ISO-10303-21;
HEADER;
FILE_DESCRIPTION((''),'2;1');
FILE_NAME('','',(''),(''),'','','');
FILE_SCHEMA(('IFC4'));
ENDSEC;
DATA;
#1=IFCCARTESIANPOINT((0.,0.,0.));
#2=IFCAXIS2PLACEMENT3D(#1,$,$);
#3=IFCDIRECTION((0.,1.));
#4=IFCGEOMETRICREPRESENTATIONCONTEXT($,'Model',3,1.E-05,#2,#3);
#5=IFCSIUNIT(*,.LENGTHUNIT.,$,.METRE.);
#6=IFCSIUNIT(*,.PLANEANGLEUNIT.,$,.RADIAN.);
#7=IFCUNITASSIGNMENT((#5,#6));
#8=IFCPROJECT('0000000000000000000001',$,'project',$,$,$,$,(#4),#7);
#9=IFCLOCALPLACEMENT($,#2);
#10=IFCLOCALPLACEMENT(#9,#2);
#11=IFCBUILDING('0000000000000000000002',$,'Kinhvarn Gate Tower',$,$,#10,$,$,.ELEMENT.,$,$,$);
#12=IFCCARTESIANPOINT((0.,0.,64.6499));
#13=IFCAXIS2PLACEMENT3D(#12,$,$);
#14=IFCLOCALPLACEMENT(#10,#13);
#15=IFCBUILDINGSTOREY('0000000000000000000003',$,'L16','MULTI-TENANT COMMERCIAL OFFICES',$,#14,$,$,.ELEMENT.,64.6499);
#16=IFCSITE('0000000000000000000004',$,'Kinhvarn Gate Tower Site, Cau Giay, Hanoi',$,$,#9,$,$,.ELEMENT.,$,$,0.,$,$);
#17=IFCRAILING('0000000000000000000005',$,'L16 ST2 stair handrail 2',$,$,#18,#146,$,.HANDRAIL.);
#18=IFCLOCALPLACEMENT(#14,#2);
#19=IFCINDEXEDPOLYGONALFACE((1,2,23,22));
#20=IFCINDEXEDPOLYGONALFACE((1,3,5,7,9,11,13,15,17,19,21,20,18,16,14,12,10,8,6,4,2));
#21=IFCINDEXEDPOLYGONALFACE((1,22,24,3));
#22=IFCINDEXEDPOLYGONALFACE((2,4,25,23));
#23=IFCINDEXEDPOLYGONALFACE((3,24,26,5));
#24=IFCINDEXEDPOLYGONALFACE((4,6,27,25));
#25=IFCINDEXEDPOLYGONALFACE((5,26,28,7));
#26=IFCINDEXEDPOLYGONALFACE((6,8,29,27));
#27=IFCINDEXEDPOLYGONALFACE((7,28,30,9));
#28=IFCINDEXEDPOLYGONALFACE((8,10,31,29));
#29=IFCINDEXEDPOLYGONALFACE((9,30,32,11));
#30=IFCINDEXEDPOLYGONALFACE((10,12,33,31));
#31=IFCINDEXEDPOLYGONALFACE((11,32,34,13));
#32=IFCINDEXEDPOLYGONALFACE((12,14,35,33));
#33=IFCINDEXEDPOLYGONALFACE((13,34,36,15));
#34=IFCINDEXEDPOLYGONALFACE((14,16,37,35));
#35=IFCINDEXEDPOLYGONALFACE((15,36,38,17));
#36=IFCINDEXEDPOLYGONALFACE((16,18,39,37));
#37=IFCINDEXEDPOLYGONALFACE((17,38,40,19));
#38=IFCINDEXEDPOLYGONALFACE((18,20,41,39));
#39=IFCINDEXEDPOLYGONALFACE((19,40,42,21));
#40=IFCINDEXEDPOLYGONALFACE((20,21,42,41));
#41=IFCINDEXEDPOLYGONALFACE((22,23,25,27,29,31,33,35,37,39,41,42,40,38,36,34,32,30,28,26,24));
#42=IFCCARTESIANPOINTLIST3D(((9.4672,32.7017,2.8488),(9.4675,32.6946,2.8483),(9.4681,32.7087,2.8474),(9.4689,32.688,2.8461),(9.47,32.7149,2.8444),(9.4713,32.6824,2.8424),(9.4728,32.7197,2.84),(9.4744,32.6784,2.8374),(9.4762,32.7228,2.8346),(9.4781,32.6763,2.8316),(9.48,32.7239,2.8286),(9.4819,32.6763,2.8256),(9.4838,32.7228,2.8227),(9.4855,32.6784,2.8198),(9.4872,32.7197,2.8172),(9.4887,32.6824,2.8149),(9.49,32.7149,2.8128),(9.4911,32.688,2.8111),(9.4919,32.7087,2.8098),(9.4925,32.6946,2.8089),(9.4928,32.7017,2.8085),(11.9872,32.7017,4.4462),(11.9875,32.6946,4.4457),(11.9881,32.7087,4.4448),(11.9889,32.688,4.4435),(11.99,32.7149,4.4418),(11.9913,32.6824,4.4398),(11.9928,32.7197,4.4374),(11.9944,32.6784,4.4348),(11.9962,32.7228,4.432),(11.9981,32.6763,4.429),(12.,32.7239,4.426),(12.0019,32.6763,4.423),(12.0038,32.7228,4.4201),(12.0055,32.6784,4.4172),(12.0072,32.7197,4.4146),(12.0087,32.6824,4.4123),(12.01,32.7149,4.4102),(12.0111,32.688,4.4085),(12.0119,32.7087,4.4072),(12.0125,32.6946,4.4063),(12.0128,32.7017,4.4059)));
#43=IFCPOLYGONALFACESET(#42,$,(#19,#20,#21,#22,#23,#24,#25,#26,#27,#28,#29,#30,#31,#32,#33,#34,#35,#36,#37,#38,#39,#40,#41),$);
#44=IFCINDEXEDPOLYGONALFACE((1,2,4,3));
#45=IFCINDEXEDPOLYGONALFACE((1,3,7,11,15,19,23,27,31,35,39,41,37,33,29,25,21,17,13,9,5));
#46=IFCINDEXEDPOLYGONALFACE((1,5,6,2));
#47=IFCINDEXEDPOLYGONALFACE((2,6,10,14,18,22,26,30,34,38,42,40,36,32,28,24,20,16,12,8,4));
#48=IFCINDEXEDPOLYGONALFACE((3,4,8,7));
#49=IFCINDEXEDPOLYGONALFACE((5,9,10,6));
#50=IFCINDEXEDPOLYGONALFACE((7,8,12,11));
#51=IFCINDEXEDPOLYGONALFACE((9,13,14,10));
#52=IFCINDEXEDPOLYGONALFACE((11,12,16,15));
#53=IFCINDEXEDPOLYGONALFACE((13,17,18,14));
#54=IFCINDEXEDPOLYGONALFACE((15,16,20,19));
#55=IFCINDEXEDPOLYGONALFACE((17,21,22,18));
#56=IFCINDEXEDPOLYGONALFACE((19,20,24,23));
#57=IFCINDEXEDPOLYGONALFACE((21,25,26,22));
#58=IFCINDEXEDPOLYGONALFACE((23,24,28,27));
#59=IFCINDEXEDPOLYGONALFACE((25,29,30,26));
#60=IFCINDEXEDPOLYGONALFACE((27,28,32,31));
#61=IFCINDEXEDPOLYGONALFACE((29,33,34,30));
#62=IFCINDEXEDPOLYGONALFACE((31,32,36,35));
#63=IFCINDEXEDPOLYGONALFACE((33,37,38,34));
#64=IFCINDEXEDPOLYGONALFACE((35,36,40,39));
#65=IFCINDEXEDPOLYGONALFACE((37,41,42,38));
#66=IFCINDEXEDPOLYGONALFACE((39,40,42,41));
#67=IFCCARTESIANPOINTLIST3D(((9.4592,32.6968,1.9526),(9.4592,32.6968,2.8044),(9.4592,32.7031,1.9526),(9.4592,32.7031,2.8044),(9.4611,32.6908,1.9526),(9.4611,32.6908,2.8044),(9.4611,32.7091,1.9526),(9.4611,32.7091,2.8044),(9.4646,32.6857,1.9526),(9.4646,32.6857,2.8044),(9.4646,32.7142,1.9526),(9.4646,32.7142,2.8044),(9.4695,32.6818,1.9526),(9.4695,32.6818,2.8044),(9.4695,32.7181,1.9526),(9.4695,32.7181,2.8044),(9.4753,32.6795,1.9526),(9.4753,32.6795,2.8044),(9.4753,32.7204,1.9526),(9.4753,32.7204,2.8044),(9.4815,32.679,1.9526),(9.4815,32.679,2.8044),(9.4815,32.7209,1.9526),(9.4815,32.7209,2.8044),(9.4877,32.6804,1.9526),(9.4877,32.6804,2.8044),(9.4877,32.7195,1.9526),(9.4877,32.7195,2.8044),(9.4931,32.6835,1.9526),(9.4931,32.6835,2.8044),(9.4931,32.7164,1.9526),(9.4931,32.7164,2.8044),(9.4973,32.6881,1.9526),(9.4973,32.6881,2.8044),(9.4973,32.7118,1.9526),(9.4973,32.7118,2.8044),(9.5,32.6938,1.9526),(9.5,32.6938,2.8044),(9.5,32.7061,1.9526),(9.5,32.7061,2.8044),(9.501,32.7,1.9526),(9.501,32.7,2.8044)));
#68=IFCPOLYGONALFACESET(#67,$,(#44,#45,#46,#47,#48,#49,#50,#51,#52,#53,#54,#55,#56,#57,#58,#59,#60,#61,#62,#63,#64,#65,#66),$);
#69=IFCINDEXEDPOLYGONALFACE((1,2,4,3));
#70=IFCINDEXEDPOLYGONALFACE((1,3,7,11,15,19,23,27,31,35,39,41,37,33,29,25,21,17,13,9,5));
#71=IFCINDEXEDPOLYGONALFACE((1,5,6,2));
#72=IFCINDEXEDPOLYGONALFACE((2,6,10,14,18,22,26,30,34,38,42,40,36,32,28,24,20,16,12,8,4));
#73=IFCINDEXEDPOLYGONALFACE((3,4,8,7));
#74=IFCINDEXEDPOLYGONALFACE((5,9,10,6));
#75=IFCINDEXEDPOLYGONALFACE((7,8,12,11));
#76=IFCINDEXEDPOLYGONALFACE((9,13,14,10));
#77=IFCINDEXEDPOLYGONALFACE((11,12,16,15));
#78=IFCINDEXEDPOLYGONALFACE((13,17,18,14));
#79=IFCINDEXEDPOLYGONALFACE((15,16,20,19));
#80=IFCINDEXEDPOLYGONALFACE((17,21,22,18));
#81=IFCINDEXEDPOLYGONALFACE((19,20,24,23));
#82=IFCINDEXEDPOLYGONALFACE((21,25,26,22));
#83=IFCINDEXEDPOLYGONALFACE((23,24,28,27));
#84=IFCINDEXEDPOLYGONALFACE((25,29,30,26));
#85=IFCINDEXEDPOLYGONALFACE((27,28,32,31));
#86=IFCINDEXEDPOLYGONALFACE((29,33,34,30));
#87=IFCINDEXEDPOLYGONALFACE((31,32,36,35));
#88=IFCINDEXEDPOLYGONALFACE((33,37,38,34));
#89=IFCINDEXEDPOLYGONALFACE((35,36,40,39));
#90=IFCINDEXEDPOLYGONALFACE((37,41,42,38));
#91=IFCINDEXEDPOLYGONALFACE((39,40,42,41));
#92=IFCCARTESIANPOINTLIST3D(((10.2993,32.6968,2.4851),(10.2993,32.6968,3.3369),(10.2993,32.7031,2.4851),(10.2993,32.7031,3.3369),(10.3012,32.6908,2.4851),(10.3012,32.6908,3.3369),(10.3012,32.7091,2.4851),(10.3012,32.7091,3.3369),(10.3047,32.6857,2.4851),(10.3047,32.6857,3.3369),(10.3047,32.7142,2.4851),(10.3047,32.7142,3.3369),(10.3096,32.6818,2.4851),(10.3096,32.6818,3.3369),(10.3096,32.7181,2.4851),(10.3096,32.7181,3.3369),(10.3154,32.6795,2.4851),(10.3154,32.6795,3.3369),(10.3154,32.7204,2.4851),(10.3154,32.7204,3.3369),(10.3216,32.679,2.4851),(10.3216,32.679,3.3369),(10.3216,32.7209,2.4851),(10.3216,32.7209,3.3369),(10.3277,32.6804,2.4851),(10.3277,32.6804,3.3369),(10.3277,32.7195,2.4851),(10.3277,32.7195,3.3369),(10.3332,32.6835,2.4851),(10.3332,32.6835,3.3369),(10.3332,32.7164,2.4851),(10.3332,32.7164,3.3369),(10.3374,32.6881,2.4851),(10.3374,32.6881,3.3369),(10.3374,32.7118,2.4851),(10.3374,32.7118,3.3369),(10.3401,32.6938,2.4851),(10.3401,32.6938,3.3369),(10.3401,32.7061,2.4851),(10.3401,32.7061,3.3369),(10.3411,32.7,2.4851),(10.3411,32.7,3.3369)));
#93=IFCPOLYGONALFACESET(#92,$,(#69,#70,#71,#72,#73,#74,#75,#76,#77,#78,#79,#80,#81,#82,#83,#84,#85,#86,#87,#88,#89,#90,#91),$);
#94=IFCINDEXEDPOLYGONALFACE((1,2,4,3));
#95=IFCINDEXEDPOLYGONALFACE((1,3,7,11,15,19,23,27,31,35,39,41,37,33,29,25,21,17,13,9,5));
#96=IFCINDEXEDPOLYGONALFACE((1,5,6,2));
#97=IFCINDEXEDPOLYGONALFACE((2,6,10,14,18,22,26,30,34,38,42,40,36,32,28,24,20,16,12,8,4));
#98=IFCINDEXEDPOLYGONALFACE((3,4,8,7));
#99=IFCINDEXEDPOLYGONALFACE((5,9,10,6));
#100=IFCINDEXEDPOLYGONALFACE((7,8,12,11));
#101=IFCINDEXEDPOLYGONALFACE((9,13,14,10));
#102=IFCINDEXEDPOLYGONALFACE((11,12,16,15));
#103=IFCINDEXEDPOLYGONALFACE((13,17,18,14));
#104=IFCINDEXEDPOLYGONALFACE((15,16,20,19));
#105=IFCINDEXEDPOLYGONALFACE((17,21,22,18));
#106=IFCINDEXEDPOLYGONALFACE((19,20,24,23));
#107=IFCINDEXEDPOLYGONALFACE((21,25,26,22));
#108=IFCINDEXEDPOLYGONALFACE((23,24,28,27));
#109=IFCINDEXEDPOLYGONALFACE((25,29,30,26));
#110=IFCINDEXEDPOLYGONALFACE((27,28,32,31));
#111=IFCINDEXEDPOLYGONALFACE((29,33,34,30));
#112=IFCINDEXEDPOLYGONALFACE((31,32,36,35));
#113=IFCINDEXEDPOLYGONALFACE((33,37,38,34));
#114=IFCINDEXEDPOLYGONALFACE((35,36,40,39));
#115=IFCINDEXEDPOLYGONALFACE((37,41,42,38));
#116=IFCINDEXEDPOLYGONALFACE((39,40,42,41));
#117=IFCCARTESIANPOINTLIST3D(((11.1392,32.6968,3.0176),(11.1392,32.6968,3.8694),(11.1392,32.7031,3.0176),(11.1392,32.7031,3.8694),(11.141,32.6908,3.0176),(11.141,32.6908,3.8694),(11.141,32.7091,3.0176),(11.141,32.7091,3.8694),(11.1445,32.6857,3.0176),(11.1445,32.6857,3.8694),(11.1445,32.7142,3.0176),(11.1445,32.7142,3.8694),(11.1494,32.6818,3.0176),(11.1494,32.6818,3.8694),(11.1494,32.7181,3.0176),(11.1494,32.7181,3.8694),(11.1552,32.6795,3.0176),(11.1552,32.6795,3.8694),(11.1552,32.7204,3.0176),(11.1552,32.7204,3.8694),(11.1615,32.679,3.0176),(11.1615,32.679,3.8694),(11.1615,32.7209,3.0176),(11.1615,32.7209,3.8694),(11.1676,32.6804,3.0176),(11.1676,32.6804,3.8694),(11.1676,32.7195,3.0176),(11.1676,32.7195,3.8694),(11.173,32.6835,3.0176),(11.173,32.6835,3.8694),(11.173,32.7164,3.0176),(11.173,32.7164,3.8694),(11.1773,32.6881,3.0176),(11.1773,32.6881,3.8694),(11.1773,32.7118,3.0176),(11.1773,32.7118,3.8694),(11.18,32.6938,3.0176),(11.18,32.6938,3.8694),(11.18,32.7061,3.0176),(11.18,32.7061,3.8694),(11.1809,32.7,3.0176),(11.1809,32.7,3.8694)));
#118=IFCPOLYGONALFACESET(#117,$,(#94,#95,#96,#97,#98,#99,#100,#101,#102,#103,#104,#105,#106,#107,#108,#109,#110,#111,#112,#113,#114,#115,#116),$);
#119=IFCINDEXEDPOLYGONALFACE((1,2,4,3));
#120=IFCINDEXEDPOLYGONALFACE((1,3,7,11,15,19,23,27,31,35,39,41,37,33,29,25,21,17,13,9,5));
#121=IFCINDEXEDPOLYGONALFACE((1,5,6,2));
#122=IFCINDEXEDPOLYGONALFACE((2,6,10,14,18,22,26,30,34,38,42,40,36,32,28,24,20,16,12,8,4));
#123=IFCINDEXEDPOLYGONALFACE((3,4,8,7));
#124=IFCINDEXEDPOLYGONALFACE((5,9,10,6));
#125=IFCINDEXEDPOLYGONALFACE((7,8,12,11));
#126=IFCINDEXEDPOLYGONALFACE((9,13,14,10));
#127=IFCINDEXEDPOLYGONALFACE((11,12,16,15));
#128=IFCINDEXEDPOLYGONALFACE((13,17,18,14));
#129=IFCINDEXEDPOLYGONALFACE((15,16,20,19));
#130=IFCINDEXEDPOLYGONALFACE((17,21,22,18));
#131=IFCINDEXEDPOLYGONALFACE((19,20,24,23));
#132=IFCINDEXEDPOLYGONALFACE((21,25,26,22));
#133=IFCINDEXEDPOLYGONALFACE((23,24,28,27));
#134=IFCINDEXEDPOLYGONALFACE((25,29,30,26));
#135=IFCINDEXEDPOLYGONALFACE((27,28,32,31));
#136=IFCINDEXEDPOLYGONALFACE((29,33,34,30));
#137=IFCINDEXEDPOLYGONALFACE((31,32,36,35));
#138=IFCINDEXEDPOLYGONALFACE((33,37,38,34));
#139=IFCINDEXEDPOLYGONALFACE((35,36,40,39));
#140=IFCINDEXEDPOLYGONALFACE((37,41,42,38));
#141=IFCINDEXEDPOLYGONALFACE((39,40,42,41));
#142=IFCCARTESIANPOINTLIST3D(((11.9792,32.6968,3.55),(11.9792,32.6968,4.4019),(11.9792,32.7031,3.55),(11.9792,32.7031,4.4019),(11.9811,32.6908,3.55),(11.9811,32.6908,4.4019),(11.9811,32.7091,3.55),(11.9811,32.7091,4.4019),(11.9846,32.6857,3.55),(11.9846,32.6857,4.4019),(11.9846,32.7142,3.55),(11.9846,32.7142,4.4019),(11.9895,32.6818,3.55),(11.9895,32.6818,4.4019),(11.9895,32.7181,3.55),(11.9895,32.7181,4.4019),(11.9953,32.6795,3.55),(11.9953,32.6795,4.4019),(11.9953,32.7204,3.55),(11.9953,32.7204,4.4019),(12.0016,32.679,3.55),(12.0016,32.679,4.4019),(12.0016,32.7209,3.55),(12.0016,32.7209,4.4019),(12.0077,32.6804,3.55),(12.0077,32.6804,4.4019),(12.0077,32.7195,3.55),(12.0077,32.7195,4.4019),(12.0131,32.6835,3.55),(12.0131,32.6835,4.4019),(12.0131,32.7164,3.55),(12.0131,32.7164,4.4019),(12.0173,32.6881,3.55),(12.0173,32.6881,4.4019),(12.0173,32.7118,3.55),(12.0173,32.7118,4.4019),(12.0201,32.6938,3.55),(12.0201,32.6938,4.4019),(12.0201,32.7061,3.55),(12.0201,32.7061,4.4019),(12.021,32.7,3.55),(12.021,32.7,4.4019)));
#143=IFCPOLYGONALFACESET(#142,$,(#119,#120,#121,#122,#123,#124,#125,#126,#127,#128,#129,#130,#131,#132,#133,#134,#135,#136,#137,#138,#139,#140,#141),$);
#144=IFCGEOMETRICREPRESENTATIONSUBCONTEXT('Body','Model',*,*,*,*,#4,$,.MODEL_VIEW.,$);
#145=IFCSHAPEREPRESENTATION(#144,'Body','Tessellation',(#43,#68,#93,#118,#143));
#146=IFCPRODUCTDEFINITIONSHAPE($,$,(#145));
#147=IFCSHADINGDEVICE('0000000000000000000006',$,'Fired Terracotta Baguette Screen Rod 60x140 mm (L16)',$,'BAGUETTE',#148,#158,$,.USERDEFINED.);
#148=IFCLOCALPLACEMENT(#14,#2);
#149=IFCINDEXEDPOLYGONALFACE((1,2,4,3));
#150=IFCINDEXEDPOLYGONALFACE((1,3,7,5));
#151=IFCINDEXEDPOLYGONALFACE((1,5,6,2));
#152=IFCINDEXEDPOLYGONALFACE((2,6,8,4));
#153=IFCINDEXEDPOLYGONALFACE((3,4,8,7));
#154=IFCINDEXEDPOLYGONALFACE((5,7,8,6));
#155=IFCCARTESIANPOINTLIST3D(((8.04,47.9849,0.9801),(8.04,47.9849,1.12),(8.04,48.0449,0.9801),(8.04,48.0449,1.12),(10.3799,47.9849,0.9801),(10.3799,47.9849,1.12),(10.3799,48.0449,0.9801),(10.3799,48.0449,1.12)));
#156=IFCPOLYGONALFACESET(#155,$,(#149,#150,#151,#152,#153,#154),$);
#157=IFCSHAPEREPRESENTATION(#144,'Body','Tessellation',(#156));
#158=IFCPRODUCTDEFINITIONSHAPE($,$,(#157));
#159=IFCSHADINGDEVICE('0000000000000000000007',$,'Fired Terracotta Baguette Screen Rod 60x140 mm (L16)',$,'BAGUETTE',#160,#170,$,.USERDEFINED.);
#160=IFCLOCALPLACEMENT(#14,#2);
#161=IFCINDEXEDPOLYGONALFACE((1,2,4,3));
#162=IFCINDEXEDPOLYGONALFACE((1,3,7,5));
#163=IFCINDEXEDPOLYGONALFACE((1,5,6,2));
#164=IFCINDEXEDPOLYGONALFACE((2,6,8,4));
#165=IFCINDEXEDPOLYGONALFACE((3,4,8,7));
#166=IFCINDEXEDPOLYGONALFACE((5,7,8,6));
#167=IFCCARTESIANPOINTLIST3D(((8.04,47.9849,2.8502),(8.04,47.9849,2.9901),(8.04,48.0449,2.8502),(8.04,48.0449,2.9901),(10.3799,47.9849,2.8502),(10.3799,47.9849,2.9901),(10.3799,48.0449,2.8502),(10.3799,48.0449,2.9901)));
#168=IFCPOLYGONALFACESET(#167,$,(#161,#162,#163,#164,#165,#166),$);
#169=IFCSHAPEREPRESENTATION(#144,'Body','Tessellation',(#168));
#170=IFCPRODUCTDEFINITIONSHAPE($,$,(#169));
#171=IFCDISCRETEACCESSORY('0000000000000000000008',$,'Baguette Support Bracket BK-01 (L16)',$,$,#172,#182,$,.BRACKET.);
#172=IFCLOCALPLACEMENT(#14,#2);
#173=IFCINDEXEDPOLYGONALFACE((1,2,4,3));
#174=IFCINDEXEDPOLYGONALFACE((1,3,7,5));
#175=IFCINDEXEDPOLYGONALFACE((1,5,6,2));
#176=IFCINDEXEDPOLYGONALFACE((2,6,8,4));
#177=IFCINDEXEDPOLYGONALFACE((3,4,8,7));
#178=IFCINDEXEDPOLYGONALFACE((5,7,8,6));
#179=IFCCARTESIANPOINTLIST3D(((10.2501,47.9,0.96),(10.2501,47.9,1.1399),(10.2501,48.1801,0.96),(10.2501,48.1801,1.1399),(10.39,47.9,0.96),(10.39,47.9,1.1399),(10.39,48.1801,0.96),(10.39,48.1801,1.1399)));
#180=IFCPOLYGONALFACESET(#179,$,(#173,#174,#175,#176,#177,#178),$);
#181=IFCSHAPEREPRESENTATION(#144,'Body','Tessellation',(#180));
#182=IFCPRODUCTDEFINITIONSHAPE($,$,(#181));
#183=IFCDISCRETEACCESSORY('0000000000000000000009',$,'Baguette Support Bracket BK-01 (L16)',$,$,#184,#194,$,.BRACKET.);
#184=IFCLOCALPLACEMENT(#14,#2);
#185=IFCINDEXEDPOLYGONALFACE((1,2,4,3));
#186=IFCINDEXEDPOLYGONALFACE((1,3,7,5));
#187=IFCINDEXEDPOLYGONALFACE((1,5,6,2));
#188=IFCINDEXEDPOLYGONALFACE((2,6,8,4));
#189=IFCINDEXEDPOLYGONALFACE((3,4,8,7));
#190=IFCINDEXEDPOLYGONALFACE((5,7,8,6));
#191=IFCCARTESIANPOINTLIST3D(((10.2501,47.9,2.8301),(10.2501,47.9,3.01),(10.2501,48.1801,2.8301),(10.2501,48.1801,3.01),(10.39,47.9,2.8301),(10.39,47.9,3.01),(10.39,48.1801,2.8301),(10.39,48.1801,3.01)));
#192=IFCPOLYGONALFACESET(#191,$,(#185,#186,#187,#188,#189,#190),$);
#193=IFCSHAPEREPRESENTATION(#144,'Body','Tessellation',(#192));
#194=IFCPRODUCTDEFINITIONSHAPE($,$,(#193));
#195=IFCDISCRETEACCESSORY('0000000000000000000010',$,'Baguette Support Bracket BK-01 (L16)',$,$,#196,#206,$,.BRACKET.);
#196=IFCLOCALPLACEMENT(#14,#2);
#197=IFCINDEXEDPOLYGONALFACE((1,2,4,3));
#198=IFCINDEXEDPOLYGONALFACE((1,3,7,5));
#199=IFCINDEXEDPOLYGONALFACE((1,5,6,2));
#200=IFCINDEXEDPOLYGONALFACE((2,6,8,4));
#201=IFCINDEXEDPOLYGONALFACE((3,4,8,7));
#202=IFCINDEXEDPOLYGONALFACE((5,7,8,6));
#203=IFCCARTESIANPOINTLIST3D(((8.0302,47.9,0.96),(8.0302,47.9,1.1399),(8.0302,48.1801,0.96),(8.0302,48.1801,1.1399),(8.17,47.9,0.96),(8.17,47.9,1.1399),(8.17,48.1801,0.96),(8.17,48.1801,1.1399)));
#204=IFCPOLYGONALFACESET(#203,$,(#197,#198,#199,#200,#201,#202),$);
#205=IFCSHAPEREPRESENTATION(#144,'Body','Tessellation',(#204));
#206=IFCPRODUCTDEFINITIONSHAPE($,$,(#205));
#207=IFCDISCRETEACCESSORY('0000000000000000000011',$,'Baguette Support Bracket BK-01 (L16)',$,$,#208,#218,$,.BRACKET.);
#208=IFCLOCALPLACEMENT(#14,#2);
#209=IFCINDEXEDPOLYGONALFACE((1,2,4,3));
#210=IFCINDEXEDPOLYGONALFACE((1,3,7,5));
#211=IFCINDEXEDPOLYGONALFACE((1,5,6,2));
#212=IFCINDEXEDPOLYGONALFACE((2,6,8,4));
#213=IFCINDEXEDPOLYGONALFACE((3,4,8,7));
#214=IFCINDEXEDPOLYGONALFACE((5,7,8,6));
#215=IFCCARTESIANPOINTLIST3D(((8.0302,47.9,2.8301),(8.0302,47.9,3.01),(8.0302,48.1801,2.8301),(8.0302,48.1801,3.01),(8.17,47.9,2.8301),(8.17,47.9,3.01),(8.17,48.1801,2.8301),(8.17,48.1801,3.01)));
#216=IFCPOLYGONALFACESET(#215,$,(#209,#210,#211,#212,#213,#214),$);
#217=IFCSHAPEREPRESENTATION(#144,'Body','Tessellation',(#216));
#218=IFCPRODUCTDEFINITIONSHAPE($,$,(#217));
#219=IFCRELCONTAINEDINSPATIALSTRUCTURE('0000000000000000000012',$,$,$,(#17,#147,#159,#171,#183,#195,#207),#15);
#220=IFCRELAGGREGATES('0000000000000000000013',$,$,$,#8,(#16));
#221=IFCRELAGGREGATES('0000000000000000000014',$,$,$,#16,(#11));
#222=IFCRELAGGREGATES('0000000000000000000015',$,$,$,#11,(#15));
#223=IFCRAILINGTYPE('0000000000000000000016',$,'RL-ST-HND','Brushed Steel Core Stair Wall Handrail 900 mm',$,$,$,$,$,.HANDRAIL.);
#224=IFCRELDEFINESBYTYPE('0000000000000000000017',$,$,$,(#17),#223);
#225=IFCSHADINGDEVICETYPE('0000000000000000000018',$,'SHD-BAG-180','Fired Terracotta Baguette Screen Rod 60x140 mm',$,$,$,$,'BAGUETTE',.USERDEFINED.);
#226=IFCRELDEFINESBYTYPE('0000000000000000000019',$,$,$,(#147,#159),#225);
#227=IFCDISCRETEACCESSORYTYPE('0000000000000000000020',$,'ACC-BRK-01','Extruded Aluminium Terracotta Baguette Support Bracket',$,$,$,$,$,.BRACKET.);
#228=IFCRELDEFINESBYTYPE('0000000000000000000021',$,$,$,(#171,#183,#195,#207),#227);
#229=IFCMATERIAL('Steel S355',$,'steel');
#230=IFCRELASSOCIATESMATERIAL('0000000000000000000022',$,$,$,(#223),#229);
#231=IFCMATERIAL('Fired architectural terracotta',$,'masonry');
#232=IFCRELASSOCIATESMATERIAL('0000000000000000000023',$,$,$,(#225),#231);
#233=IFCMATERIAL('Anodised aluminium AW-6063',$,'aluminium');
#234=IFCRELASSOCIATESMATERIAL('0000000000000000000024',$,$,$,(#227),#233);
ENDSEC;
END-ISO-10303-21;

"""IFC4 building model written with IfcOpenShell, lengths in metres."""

from ifc_helpers import new_model, si_unit, direction, frame, origin, origin_2d, place, context, subcontext, project, spatial, rectangle, circle, extrude, material, material_profile, profile_set, type_object, element, save


model = new_model("IFC4")

# Units and contexts
model_context = context("Model", 3, precision=1e-05, world=origin(), true_north=direction((0.0, 1.0)))
body_context = subcontext(model_context, "Body", "Model", "MODEL_VIEW")
ifc_project = project(units=[si_unit("LENGTHUNIT", "METRE"), si_unit("PLANEANGLEUNIT", "RADIAN")], contexts=[model_context])

# Site, building, storey
site_placement = place(None, origin())
site = spatial("IfcSite", under=ifc_project, at=site_placement, Name="Kinhvarn Gate Tower Site, Cau Giay, Hanoi", CompositionType="ELEMENT", RefElevation=0.0)
building_placement = place(site_placement, origin())
building = spatial("IfcBuilding", under=site, at=building_placement, Name="Kinhvarn Gate Tower", CompositionType="ELEMENT")
storey_placement = place(building_placement, frame((0.0, 0.0, 64.6499)))
storey = spatial("IfcBuildingStorey", under=building, at=storey_placement, Name="L16", Description="MULTI-TENANT COMMERCIAL OFFICES", CompositionType="ELEMENT", Elevation=64.6499)

# Shared definitions
ifc_material_1 = material(Name="Anodised aluminium AW-6063", Category="aluminium")

# Shared definitions
ifc_material_2 = material(Name="Steel S355", Category="steel")

# Shared definitions
ifc_material_3 = material(Name="Fired architectural terracotta", Category="masonry")

# Railing
railing_type_1 = type_object("IfcRailingType", Name="RL-ST-HND", Description="Brushed Steel Core Stair Wall Handrail 900 mm", PredefinedType="HANDRAIL", material=ifc_material_2)
railing_1_placement = place(storey_placement, frame((9.48, 32.7, 1.9526)))
element("IfcRailing", 1, at=railing_1_placement, inside=storey, type_object=railing_type_1, Name="L16 ST2 stair handrail 2", PredefinedType="HANDRAIL", context=body_context, shape_type="SweptSolid", body=[
    extrude(circle(Radius=0.0239, at=origin_2d()), frame((0.0, 0.0, 0.876), z_axis=(0.844607, 0.0, 0.535387), x_axis=(0.0, 1.0, 0.0)), (0.0, 0.0, 1.0), 2.9836),
    extrude(circle(Radius=0.021, at=origin_2d()), origin(), (0.0, 0.0, 1.0), 0.8518),
    extrude(circle(Radius=0.021, at=origin_2d()), frame((0.8401, 0.0, 0.5325)), (0.0, 0.0, 1.0), 0.8518),
    extrude(circle(Radius=0.021, at=origin_2d()), frame((1.6799, 0.0, 1.0649)), (0.0, 0.0, 1.0), 0.8518),
    extrude(circle(Radius=0.021, at=origin_2d()), frame((2.52, 0.0, 1.5974)), (0.0, 0.0, 1.0), 0.8518),
])

# Shading devices
ifc_material_profile_1 = material_profile(ifc_material_3, rectangle(XDim=0.0601, YDim=0.1399, at=origin_2d()), Name="TC 60x140")
ifc_profile_set_1 = profile_set([ifc_material_profile_1], Name="Fired architectural terracotta")
shading_device_type = type_object("IfcShadingDeviceType", Name="SHD-BAG-180", Description="Fired Terracotta Baguette Screen Rod 60x140 mm", ElementType="BAGUETTE", PredefinedType="USERDEFINED", material=ifc_profile_set_1)
for number, where, z_axis, x_axis, name in (
    (2, (10.3799, 48.0149, 1.05), (-1.0, 0.0, 0.0), (0.0, -1.0, 0.0), "Fired Terracotta Baguette Screen Rod 60x140 mm (L16)"),
    (3, (10.3799, 48.0149, 2.9202), (-1.0, 0.0, 0.0), (0.0, -1.0, 0.0), "Fired Terracotta Baguette Screen Rod 60x140 mm (L16)"),
):
    element("IfcShadingDevice", number, at=place(storey_placement, frame(where, z_axis=z_axis, x_axis=x_axis)), inside=storey, type_object=shading_device_type, Name=name, ObjectType="BAGUETTE", PredefinedType="USERDEFINED", context=body_context, shape_type="SweptSolid", body=[
        extrude(rectangle(XDim=0.0601, YDim=0.1399, at=origin_2d()), origin(), (0.0, 0.0, 1.0), 2.3398),
    ])

# Discrete accessories
discrete_accessory_type = type_object("IfcDiscreteAccessoryType", Name="ACC-BRK-01", Description="Extruded Aluminium Terracotta Baguette Support Bracket", PredefinedType="BRACKET", material=ifc_material_1)
for number, where, z_axis, x_axis, name in (
    (4, (10.3201, 48.04, 0.96), (0.0, 0.0, 1.0), (-1.0, 0.0, 0.0), "Baguette Support Bracket BK-01 (L16)"),
    (5, (10.3201, 48.04, 2.8301), (0.0, 0.0, 1.0), (-1.0, 0.0, 0.0), "Baguette Support Bracket BK-01 (L16)"),
    (6, (8.1001, 48.04, 0.96), (0.0, 0.0, 1.0), (-1.0, 0.0, 0.0), "Baguette Support Bracket BK-01 (L16)"),
    (7, (8.1001, 48.04, 2.8301), (0.0, 0.0, 1.0), (-1.0, 0.0, 0.0), "Baguette Support Bracket BK-01 (L16)"),
):
    element("IfcDiscreteAccessory", number, at=place(storey_placement, frame(where, z_axis=z_axis, x_axis=x_axis)), inside=storey, type_object=discrete_accessory_type, Name=name, PredefinedType="BRACKET", context=body_context, shape_type="SweptSolid", body=[
        extrude(rectangle(XDim=0.1399, YDim=0.28, at=origin_2d()), origin(), (0.0, 0.0, 1.0), 0.1799),
    ])

save(model, "model.ifc")
